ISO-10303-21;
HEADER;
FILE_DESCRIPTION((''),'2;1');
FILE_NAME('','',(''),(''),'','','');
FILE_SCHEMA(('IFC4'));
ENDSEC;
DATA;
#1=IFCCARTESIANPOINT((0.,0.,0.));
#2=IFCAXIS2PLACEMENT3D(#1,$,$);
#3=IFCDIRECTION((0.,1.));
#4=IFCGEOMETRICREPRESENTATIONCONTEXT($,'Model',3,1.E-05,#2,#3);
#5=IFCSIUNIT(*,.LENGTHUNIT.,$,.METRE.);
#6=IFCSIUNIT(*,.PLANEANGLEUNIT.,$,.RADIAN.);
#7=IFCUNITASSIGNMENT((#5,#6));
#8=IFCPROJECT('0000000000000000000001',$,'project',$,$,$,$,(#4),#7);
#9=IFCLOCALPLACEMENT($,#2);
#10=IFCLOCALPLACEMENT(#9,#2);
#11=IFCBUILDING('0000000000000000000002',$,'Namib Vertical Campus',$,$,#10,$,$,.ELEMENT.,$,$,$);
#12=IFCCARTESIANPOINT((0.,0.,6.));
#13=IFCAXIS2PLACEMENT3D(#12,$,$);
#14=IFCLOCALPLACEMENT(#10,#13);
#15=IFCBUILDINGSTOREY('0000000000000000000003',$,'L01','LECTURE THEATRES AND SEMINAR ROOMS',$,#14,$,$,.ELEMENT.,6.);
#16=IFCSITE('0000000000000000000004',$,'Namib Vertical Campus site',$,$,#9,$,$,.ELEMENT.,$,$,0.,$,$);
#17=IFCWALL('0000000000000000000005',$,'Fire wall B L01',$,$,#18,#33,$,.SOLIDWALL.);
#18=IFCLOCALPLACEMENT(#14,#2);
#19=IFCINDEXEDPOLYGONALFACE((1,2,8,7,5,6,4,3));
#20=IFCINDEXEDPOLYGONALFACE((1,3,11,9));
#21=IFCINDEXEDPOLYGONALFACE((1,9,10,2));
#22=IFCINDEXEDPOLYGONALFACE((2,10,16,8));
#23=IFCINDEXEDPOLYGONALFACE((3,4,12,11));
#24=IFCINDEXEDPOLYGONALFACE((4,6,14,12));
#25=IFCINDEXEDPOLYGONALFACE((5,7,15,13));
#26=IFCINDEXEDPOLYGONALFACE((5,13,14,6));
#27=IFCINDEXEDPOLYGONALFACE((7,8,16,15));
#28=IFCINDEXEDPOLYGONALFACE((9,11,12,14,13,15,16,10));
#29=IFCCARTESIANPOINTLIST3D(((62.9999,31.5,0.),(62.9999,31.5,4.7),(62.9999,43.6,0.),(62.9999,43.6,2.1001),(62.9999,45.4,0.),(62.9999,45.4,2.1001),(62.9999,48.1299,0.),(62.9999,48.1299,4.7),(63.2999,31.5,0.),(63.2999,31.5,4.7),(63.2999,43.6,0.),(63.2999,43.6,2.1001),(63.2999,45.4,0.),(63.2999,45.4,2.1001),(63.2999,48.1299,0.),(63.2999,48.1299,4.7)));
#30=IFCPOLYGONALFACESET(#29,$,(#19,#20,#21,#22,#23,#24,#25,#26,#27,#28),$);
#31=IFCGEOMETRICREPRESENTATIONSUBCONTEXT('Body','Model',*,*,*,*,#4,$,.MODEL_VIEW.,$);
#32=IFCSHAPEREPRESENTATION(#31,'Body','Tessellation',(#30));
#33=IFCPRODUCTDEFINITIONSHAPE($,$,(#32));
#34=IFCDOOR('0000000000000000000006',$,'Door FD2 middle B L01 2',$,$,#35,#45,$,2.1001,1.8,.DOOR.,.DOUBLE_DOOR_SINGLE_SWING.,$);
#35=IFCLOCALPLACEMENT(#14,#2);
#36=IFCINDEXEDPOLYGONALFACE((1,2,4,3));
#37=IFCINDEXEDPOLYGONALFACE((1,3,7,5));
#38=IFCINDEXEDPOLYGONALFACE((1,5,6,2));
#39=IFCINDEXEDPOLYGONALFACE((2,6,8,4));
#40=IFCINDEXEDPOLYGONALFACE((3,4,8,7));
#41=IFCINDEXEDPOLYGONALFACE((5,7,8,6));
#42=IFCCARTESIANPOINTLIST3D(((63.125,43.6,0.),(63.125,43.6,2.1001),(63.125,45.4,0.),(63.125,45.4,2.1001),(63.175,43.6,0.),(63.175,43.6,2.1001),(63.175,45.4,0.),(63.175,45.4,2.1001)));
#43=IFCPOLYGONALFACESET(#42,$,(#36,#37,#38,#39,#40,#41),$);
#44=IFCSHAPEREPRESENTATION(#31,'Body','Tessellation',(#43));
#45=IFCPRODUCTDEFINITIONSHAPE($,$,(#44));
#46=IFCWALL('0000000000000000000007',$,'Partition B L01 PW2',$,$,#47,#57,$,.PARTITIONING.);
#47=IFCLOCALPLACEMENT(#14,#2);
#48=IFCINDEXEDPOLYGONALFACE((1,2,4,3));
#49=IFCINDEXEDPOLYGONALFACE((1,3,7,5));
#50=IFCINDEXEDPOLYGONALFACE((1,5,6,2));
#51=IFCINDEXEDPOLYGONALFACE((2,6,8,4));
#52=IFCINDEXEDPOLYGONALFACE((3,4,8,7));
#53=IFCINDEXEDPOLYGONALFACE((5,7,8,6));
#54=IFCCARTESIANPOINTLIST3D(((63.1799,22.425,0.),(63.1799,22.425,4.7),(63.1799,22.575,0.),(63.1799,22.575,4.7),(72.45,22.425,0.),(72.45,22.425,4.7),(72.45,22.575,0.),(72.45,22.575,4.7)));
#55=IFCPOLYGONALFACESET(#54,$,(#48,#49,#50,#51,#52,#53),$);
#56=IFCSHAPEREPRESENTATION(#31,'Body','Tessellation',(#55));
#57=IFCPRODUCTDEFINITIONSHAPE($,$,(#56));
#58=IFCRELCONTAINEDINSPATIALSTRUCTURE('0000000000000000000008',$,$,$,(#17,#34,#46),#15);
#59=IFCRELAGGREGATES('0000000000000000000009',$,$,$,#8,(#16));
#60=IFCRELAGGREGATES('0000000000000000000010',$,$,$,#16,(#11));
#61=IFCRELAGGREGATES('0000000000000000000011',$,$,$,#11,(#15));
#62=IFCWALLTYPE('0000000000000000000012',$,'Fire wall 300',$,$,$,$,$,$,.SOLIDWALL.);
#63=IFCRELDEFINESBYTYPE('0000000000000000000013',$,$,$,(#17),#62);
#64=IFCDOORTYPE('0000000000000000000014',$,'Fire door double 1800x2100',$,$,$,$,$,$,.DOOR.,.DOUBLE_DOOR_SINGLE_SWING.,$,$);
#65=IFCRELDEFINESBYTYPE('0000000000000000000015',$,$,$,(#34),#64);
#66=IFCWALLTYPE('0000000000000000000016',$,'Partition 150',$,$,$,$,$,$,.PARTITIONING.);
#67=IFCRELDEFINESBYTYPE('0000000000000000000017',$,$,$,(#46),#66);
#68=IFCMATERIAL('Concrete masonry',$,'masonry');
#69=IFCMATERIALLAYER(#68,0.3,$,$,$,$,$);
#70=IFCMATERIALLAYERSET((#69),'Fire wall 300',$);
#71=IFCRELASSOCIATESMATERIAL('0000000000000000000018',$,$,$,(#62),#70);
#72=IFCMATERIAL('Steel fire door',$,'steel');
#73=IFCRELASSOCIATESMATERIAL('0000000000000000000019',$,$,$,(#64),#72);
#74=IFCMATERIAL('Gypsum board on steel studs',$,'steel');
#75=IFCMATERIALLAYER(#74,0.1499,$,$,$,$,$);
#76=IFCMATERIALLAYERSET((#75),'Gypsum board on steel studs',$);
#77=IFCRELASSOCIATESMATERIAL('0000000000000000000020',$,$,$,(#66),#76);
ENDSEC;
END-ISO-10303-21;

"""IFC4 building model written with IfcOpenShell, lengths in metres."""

from ifc_helpers import new_model, si_unit, direction, frame, frame_2d, origin, place, context, subcontext, project, spatial, rectangle, extrude, material, layer, layer_set, type_object, element, fill, save


model = new_model("IFC4")

# Units and contexts
model_context = context("Model", 3, precision=1e-05, world=origin(), true_north=direction((0.0, 1.0)))
body_context = subcontext(model_context, "Body", "Model", "MODEL_VIEW")
ifc_project = project(units=[si_unit("LENGTHUNIT", "METRE"), si_unit("PLANEANGLEUNIT", "RADIAN")], contexts=[model_context])

# Site, building, storey
site_placement = place(None, origin())
site = spatial("IfcSite", under=ifc_project, at=site_placement, Name="Namib Vertical Campus site", CompositionType="ELEMENT", RefElevation=0.0)
building_placement = place(site_placement, origin())
building = spatial("IfcBuilding", under=site, at=building_placement, Name="Namib Vertical Campus", CompositionType="ELEMENT")
storey_placement = place(building_placement, frame((0.0, 0.0, 6.0)))
storey = spatial("IfcBuildingStorey", under=building, at=storey_placement, Name="L01", Description="LECTURE THEATRES AND SEMINAR ROOMS", CompositionType="ELEMENT", Elevation=6.0)

# Wall, opening, door
ifc_material_1 = material(Name="Concrete masonry", Category="masonry")
ifc_layer_1 = layer(ifc_material_1, 0.3)
ifc_layer_set_1 = layer_set([ifc_layer_1], Name="Fire wall 300")
wall_type_1 = type_object("IfcWallType", Name="Fire wall 300", PredefinedType="SOLIDWALL", material=ifc_layer_set_1)
wall_1_placement = place(storey_placement, frame((63.1499, 31.5, 0.0), z_axis=(0.0, 0.0, 1.0), x_axis=(0.0, 1.0, 0.0)))
wall_1 = element("IfcWall", 1, at=wall_1_placement, inside=storey, type_object=wall_type_1, Name="Fire wall B L01", PredefinedType="SOLIDWALL", context=body_context, shape_type="SweptSolid", body=[
    extrude(rectangle(XDim=16.6299, YDim=0.3, at=frame_2d((8.3149, 0.0))), origin(), (0.0, 0.0, 1.0), 4.7),
])
opening_1_placement = place(wall_1_placement, frame((12.1001, 0.0, 0.0)))
opening_1 = element("IfcOpeningElement", 2, at=opening_1_placement, cuts=wall_1, PredefinedType="OPENING", context=body_context, shape_type="SweptSolid", body=[
    extrude(rectangle(XDim=1.8, YDim=2.1001, at=frame_2d((0.8999, 1.05))), frame((0.0, 0.1599, 0.0), z_axis=(0.0, -1.0, 0.0), x_axis=(1.0, 0.0, 0.0)), (0.0, 0.0, 1.0), 0.3201),
])
ifc_material_2 = material(Name="Steel fire door", Category="steel")
door_type_1 = type_object("IfcDoorType", Name="Fire door double 1800x2100", OperationType="DOUBLE_DOOR_SINGLE_SWING", PredefinedType="DOOR", material=ifc_material_2)
door_1_placement = place(opening_1_placement, origin())
door_1 = element("IfcDoor", 3, at=door_1_placement, inside=storey, type_object=door_type_1, Name="Door FD2 middle B L01 2", OperationType="DOUBLE_DOOR_SINGLE_SWING", OverallHeight=2.1001, OverallWidth=1.8, PredefinedType="DOOR", context=body_context, shape_type="SweptSolid", body=[
    extrude(rectangle(XDim=1.8, YDim=2.1001, at=frame_2d((0.8999, 1.05))), frame((0.0, 0.0249, 0.0), z_axis=(0.0, -1.0, 0.0), x_axis=(1.0, 0.0, 0.0)), (0.0, 0.0, 1.0), 0.05),
])
fill(opening_1, door_1)

# Wall
ifc_material_3 = material(Name="Gypsum board on steel studs", Category="steel")
ifc_layer_2 = layer(ifc_material_3, 0.1499)
ifc_layer_set_2 = layer_set([ifc_layer_2], Name="Gypsum board on steel studs")
wall_type_2 = type_object("IfcWallType", Name="Partition 150", PredefinedType="PARTITIONING", material=ifc_layer_set_2)
wall_2_placement = place(storey_placement, frame((63.1799, 22.5, 0.0), z_axis=(0.0, 0.0, 1.0), x_axis=(1.0, 0.0, 0.0)))
element("IfcWall", 4, at=wall_2_placement, inside=storey, type_object=wall_type_2, Name="Partition B L01 PW2", PredefinedType="PARTITIONING", context=body_context, shape_type="SweptSolid", body=[
    extrude(rectangle(XDim=9.27, YDim=0.1499, at=frame_2d((4.635, 0.0))), origin(), (0.0, 0.0, 1.0), 4.7),
])

save(model, "model.ifc")
